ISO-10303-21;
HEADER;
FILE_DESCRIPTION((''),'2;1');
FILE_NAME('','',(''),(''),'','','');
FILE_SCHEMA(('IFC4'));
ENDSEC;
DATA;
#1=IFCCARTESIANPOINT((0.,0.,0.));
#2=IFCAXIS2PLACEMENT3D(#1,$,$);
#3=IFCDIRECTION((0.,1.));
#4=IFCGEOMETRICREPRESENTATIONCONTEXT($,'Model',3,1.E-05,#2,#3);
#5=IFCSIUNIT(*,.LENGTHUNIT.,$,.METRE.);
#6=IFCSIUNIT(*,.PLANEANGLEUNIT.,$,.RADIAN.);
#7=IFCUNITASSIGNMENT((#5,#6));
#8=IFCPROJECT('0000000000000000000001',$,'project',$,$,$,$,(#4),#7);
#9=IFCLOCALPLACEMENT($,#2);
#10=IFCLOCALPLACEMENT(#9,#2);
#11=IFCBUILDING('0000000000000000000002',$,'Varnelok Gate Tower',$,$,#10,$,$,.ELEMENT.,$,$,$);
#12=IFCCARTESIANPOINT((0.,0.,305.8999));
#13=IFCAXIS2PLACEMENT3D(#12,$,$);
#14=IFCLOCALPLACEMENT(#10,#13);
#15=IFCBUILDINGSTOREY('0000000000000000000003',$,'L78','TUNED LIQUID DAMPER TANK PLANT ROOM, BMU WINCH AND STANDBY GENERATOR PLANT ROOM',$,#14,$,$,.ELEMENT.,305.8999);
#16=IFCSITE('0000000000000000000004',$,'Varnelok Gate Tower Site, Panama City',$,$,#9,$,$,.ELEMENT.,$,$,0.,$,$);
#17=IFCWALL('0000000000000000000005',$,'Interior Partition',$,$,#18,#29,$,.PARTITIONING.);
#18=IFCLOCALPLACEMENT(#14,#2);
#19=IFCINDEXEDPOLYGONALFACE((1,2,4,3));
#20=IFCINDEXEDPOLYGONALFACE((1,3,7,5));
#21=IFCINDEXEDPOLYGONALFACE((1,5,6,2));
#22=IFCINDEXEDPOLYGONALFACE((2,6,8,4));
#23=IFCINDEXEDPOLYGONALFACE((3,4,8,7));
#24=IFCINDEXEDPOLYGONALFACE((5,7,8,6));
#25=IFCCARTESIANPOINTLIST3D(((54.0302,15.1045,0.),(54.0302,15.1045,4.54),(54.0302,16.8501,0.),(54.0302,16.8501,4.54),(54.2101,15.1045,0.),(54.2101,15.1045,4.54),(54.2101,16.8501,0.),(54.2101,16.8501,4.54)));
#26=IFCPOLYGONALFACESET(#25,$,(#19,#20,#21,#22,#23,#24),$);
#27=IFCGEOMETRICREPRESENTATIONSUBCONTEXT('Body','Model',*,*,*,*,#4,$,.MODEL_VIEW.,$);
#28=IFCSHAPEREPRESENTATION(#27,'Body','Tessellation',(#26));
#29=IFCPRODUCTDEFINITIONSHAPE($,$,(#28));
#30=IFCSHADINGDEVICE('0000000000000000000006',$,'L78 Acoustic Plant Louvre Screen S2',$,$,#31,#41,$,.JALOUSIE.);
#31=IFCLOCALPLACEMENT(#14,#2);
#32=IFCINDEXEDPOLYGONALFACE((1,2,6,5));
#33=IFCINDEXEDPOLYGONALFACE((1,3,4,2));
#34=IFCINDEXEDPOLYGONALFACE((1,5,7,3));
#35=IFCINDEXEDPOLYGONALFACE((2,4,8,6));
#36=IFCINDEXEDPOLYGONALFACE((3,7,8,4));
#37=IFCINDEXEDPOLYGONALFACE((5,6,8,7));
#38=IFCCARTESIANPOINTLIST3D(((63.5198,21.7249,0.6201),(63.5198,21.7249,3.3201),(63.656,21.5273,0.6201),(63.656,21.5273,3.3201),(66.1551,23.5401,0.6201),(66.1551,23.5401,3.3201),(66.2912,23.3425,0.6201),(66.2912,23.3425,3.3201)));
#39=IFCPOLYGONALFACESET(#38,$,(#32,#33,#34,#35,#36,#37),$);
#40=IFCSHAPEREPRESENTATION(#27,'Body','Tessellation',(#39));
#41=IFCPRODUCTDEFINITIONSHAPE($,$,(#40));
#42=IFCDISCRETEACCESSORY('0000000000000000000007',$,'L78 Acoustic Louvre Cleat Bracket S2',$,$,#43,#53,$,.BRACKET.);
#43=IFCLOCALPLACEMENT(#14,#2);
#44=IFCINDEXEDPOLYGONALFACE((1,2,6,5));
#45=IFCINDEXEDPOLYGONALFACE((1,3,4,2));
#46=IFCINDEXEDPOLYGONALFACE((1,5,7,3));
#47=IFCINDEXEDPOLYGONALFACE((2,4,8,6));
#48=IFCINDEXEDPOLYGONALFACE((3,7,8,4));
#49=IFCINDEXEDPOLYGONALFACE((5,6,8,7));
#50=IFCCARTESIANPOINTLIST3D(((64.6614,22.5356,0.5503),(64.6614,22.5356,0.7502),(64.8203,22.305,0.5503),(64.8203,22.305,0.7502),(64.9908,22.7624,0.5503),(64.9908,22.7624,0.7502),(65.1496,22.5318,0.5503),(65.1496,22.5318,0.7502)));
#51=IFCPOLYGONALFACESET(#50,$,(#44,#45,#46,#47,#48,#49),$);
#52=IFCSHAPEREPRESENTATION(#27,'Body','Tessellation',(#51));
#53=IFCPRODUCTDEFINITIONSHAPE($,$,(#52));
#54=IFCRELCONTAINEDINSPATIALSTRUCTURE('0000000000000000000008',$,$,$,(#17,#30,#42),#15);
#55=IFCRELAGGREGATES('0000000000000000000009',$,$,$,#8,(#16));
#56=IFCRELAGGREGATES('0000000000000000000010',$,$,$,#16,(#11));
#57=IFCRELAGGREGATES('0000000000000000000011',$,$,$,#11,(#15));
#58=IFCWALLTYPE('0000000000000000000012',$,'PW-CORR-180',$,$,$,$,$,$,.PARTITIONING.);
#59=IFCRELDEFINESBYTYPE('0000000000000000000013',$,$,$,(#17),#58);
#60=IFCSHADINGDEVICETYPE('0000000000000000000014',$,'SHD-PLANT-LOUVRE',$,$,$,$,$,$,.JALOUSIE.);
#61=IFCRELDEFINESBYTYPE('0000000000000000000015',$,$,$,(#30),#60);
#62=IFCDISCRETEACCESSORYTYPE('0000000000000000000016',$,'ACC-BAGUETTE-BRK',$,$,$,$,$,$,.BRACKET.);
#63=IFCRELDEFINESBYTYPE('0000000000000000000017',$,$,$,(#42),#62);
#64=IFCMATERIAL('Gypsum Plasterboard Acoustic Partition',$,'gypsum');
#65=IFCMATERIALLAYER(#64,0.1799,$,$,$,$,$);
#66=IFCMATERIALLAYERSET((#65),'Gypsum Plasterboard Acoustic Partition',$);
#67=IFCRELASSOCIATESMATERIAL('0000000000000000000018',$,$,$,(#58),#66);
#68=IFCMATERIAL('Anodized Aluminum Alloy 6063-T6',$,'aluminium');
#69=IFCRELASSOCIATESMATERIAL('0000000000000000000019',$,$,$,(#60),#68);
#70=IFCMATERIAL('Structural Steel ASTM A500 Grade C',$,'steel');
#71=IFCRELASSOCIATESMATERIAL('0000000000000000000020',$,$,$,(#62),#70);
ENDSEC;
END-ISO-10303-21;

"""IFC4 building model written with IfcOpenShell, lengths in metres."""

from ifc_helpers import new_model, si_unit, direction, frame, frame_2d, origin, origin_2d, place, context, subcontext, project, spatial, rectangle, extrude, source, transform, mapped, material, layer, layer_set, type_object, element, save


model = new_model("IFC4")

# Units and contexts
model_context = context("Model", 3, precision=1e-05, world=origin(), true_north=direction((0.0, 1.0)))
body_context = subcontext(model_context, "Body", "Model", "MODEL_VIEW")
ifc_project = project(units=[si_unit("LENGTHUNIT", "METRE"), si_unit("PLANEANGLEUNIT", "RADIAN")], contexts=[model_context])

# Site, building, storey
site_placement = place(None, origin())
site = spatial("IfcSite", under=ifc_project, at=site_placement, Name="Varnelok Gate Tower Site, Panama City", CompositionType="ELEMENT", RefElevation=0.0)
building_placement = place(site_placement, origin())
building = spatial("IfcBuilding", under=site, at=building_placement, Name="Varnelok Gate Tower", CompositionType="ELEMENT")
storey_placement = place(building_placement, frame((0.0, 0.0, 305.8999)))
storey = spatial("IfcBuildingStorey", under=building, at=storey_placement, Name="L78", Description="TUNED LIQUID DAMPER TANK PLANT ROOM, BMU WINCH AND STANDBY GENERATOR PLANT ROOM", CompositionType="ELEMENT", Elevation=305.8999)

# Shared definitions
ifc_material_1 = material(Name="Structural Steel ASTM A500 Grade C", Category="steel")

# Wall
ifc_material_2 = material(Name="Gypsum Plasterboard Acoustic Partition", Category="gypsum")
ifc_layer_1 = layer(ifc_material_2, 0.1799)
ifc_layer_set_1 = layer_set([ifc_layer_1], Name="Gypsum Plasterboard Acoustic Partition")
wall_type_1 = type_object("IfcWallType", Name="PW-CORR-180", PredefinedType="PARTITIONING", material=ifc_layer_set_1)
wall_1_placement = place(storey_placement, frame((54.1201, 15.1045, 0.0), z_axis=(0.0, 0.0, 1.0), x_axis=(0.0, 1.0, 0.0)))
element("IfcWall", 1, at=wall_1_placement, inside=storey, type_object=wall_type_1, Name="Interior Partition", PredefinedType="PARTITIONING", context=body_context, shape_type="SweptSolid", body=[
    extrude(rectangle(XDim=1.7456, YDim=0.1799, at=frame_2d((0.8728, 0.0))), origin(), (0.0, 0.0, 1.0), 4.54),
])

# Shading device
ifc_material_3 = material(Name="Anodized Aluminum Alloy 6063-T6", Category="aluminium")
shading_device_type = type_object("IfcShadingDeviceType", Name="SHD-PLANT-LOUVRE", PredefinedType="JALOUSIE", material=ifc_material_3)
shared_shape_1 = source(origin(), body_context, "Body", "SweptSolid", [
    extrude(rectangle(XDim=3.2, YDim=0.24, at=origin_2d()), origin(), (0.0, 0.0, 1.0), 2.7),
])
shading_device_placement = place(storey_placement, frame((64.9055, 22.5337, 0.6201), z_axis=(0.0, 0.0, 1.0), x_axis=(0.823533, 0.567269, 0.0)))
element("IfcShadingDevice", 2, at=shading_device_placement, inside=storey, type_object=shading_device_type, Name="L78 Acoustic Plant Louvre Screen S2", PredefinedType="JALOUSIE", context=body_context, shape_type="MappedRepresentation", body=[
    mapped(shared_shape_1, transform((0.0, 0.0, 0.0), scale=1.0)),
])

# Discrete accessory
discrete_accessory_type = type_object("IfcDiscreteAccessoryType", Name="ACC-BAGUETTE-BRK", PredefinedType="BRACKET", material=ifc_material_1)
shared_shape_2 = source(origin(), body_context, "Body", "SweptSolid", [
    extrude(rectangle(XDim=0.3999, YDim=0.28, at=origin_2d()), origin(), (0.0, 0.0, 1.0), 0.2),
])
discrete_accessory_placement = place(storey_placement, frame((64.9055, 22.5337, 0.5503), z_axis=(0.0, 0.0, 1.0), x_axis=(0.823533, 0.567269, 0.0)))
element("IfcDiscreteAccessory", 3, at=discrete_accessory_placement, inside=storey, type_object=discrete_accessory_type, Name="L78 Acoustic Louvre Cleat Bracket S2", PredefinedType="BRACKET", context=body_context, shape_type="MappedRepresentation", body=[
    mapped(shared_shape_2, transform((0.0, 0.0, 0.0), scale=1.0)),
])

save(model, "model.ifc")
